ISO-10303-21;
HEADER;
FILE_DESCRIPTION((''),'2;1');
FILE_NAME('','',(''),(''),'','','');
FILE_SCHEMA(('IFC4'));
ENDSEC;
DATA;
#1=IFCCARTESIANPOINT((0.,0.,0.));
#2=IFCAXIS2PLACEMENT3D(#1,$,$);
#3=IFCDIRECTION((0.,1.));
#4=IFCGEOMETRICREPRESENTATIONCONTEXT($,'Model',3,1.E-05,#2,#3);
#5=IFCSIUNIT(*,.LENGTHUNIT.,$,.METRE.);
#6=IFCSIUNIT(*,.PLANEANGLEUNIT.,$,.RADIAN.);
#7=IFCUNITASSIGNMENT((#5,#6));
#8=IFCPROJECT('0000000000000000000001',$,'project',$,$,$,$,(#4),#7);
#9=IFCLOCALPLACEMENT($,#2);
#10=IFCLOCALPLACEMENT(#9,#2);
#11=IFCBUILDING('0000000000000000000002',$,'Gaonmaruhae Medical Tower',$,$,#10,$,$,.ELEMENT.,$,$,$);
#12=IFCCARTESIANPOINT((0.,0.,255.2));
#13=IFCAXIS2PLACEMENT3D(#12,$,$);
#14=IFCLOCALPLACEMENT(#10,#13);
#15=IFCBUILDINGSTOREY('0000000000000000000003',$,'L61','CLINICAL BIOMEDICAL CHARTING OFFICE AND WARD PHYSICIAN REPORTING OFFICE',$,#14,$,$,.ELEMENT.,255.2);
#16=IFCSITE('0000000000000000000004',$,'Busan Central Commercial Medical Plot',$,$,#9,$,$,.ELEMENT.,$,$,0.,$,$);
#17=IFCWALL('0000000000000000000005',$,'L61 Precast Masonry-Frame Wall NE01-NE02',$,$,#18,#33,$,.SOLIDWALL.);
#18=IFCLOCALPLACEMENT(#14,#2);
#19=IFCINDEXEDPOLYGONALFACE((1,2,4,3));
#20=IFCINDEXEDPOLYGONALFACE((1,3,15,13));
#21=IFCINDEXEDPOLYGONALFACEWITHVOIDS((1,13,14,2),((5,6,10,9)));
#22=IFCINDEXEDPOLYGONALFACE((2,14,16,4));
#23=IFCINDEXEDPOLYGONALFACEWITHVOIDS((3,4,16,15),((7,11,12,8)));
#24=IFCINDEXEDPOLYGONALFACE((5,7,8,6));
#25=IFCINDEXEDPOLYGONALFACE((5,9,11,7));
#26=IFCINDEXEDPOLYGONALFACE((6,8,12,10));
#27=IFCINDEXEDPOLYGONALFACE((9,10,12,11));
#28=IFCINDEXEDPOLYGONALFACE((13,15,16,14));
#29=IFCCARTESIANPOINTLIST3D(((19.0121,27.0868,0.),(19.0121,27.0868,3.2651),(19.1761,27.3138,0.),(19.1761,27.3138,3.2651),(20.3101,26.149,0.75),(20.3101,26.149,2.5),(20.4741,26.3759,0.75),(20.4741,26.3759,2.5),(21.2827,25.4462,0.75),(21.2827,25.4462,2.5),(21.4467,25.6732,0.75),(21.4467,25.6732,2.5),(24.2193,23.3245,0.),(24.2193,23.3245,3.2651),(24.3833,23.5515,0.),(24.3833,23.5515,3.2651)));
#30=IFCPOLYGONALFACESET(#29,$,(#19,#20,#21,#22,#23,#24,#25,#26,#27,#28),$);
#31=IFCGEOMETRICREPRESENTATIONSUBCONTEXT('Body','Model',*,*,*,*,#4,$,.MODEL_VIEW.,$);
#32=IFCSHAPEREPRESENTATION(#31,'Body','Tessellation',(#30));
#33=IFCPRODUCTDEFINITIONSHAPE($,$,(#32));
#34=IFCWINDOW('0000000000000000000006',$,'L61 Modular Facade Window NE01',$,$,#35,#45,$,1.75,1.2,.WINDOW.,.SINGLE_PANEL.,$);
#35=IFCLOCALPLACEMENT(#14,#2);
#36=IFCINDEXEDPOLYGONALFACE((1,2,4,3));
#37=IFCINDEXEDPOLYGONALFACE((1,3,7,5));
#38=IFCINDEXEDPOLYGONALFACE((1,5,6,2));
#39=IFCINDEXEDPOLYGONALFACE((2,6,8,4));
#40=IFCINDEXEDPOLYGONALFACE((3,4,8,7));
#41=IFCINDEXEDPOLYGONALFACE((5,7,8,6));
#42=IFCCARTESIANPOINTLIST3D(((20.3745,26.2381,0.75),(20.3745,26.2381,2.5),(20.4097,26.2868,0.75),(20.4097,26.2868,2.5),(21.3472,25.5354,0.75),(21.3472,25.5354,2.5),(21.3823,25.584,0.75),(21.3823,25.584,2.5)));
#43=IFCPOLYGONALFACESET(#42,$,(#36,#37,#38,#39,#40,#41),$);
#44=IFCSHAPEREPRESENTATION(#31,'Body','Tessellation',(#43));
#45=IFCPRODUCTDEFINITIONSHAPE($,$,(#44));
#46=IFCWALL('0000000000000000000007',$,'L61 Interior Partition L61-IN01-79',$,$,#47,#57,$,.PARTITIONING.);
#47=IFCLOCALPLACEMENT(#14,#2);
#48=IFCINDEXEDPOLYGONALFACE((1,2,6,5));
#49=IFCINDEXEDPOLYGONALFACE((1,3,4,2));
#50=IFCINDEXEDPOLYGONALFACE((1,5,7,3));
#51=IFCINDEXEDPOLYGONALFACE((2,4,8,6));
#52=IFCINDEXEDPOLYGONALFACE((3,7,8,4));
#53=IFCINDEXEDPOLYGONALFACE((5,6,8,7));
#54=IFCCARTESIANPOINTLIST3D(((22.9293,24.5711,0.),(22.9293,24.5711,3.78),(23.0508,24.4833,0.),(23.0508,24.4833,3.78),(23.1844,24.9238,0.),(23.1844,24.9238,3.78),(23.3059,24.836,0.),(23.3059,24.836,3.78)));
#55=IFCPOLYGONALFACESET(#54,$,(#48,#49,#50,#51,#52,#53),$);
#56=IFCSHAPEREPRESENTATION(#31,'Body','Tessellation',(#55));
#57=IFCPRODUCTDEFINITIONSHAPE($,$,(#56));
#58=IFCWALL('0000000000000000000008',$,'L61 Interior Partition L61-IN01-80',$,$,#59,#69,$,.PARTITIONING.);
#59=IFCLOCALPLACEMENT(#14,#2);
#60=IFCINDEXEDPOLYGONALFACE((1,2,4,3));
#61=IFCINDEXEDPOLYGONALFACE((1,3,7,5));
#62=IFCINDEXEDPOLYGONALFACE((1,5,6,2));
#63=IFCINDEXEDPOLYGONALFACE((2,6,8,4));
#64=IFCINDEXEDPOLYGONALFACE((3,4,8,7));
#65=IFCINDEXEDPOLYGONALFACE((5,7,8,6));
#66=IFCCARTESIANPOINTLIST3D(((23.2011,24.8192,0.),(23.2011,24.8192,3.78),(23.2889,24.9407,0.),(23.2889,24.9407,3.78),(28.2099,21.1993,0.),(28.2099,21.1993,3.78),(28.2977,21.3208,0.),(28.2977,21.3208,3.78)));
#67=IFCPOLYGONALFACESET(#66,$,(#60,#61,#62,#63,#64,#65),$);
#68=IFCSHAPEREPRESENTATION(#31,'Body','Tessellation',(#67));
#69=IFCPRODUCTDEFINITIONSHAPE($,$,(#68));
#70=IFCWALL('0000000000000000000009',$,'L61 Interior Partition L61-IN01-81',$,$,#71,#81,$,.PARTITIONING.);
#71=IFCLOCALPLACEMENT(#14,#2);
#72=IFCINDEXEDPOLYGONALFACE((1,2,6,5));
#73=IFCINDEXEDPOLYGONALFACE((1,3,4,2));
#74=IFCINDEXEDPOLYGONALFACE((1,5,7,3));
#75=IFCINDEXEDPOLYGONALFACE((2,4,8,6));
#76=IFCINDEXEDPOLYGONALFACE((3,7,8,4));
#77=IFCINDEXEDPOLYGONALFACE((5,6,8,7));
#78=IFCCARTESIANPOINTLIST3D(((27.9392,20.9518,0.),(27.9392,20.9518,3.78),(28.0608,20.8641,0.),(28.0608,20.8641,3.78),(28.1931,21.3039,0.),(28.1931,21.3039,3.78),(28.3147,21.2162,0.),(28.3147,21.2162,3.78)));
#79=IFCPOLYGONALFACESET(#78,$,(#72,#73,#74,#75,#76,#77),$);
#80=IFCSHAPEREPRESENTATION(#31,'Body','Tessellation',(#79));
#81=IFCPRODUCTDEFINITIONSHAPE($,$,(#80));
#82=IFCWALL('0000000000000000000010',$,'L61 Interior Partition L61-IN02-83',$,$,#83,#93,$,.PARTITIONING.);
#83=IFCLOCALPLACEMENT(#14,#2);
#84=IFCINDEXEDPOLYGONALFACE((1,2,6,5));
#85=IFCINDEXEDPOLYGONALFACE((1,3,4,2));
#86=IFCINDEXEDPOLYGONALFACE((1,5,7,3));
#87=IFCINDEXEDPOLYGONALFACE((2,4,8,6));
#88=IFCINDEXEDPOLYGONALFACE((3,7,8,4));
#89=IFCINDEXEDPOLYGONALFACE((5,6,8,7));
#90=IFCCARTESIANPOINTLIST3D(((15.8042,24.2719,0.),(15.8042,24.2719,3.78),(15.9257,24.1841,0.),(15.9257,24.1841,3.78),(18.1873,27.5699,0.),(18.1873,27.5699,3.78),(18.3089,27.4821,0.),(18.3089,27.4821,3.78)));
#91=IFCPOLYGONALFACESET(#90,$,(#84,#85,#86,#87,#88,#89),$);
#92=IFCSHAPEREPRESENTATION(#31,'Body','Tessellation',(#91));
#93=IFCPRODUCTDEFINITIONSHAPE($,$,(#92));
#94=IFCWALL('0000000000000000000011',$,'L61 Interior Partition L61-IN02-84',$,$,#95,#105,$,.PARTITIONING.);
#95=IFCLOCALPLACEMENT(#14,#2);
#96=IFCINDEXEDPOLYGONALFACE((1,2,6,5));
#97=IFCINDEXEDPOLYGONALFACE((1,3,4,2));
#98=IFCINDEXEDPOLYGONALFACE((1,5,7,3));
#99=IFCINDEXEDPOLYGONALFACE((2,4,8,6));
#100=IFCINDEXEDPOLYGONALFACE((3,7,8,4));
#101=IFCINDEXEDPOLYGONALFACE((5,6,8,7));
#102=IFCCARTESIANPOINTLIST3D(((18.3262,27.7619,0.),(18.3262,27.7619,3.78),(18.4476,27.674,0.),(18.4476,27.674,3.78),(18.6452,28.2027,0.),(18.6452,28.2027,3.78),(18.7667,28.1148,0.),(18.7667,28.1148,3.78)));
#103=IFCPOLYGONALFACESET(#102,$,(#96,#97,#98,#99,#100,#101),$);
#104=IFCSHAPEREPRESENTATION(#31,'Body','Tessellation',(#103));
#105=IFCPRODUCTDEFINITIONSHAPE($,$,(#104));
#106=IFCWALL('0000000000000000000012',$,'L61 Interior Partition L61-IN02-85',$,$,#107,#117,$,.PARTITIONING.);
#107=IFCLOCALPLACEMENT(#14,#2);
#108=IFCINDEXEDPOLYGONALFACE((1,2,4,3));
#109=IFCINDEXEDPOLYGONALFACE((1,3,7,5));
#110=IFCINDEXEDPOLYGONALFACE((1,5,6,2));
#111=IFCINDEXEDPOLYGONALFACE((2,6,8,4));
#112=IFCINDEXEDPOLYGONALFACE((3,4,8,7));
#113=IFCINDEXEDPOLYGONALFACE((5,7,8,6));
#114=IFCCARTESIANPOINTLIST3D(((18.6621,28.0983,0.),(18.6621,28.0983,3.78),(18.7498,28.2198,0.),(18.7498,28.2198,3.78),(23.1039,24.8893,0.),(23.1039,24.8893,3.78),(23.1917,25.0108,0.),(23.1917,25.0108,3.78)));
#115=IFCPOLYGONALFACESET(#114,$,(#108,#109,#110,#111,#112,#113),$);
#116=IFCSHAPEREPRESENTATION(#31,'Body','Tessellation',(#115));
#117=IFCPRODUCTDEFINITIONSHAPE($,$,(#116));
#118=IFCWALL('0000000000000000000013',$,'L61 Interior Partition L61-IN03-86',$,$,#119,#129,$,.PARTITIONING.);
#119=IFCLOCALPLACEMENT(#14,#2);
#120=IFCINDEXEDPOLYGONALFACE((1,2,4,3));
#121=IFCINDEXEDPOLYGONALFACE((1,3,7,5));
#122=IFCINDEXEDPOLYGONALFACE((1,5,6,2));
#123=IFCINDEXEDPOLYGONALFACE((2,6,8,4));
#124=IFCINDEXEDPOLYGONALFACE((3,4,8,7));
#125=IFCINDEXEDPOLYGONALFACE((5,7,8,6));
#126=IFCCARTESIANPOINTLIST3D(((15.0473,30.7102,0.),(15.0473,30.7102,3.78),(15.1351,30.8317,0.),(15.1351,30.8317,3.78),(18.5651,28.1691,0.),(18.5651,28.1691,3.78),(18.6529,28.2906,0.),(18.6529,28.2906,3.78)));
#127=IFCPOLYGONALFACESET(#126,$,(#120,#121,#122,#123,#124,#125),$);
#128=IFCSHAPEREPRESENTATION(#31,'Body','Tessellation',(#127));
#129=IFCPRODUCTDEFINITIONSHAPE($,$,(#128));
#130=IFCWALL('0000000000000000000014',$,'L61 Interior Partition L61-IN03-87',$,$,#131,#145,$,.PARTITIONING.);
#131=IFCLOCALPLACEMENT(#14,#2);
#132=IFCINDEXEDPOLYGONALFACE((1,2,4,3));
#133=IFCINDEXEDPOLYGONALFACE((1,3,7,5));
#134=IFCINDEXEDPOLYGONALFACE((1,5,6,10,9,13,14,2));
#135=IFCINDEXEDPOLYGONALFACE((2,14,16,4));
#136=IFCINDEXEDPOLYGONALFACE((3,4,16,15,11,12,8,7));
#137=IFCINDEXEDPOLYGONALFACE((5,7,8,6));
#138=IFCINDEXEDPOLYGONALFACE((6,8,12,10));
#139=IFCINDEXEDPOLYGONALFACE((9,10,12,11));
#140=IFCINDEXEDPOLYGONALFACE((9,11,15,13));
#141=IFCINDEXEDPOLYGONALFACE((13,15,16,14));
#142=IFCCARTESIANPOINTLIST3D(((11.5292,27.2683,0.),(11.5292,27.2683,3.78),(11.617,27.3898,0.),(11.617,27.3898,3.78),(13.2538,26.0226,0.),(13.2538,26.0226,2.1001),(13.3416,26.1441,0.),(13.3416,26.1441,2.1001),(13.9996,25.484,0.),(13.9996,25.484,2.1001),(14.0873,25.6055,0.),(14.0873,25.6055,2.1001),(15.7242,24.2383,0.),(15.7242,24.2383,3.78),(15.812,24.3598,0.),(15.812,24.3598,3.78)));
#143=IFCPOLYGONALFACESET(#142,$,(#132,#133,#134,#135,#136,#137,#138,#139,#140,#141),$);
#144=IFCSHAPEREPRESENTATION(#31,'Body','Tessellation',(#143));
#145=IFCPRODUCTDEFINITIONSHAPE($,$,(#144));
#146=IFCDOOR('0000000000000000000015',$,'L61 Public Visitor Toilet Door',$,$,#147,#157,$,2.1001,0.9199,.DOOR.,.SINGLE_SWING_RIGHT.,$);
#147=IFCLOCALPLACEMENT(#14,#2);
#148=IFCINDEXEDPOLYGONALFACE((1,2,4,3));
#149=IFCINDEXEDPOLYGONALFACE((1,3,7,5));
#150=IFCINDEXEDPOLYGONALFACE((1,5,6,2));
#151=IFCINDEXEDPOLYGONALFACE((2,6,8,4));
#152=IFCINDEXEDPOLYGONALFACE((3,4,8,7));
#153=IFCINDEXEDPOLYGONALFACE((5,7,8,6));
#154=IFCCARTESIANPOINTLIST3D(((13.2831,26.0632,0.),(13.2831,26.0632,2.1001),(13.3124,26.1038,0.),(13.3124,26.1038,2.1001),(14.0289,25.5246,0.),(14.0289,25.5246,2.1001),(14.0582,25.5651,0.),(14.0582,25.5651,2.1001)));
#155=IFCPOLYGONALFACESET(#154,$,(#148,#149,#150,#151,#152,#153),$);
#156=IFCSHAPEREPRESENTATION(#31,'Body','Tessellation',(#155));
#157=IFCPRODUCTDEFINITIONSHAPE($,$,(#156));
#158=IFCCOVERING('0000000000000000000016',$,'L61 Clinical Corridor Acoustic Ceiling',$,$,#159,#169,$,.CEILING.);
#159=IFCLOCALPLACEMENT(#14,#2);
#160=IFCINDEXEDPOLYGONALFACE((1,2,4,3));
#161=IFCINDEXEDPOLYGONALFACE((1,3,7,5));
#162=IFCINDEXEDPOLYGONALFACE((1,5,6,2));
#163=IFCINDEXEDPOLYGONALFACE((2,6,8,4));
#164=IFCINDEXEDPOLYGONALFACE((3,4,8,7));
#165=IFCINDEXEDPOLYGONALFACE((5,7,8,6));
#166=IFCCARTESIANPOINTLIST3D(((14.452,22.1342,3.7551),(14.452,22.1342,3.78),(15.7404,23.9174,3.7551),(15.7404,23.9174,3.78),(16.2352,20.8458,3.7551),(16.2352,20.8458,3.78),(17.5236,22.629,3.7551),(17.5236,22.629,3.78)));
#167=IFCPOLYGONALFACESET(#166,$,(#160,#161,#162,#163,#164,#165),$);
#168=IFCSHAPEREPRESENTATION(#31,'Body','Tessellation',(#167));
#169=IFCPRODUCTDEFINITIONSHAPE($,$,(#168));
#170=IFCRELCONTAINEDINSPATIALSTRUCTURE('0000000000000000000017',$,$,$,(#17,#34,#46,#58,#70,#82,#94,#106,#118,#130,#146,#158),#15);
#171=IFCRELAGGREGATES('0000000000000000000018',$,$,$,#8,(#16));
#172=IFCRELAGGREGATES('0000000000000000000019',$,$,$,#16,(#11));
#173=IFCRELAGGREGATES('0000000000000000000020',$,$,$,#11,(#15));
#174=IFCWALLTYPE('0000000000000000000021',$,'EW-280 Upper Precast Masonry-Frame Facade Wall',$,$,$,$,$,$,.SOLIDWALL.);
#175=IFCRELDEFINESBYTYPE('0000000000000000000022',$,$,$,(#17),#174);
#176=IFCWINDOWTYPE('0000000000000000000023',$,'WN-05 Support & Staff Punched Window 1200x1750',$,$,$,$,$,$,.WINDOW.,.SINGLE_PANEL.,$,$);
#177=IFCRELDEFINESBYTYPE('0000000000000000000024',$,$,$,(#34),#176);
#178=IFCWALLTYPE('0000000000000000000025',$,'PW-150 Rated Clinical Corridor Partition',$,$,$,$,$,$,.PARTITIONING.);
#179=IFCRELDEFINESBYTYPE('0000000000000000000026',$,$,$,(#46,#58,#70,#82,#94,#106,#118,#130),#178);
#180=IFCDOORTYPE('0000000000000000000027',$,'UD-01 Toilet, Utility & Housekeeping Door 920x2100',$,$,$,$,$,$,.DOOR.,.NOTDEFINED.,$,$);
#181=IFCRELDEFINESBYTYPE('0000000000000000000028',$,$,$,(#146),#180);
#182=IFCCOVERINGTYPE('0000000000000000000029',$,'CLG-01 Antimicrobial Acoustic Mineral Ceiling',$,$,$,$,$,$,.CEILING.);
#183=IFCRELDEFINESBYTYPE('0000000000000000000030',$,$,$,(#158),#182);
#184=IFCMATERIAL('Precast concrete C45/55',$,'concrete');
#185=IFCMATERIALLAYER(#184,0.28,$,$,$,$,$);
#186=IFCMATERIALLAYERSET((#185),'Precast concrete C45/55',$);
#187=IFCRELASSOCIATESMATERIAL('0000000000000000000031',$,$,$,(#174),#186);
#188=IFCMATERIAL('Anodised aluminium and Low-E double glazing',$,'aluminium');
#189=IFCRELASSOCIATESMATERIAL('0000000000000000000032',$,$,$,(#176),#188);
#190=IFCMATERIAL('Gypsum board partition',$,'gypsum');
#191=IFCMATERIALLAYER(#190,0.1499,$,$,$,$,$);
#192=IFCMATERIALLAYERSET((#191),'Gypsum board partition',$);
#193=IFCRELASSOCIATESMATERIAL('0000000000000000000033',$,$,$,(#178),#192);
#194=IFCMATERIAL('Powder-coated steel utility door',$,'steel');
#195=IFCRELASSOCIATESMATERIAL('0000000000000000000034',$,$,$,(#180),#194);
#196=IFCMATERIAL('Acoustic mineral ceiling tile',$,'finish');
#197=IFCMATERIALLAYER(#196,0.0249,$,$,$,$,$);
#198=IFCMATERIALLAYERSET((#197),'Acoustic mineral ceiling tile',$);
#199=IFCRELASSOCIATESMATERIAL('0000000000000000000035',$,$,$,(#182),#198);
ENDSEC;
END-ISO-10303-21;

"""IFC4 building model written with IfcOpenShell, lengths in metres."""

from ifc_helpers import new_model, si_unit, direction, frame, frame_2d, origin, origin_2d, place, context, subcontext, project, spatial, rectangle, extrude, material, layer, layer_set, type_object, element, fill, save


model = new_model("IFC4")

# Units and contexts
model_context = context("Model", 3, precision=1e-05, world=origin(), true_north=direction((0.0, 1.0)))
body_context = subcontext(model_context, "Body", "Model", "MODEL_VIEW")
ifc_project = project(units=[si_unit("LENGTHUNIT", "METRE"), si_unit("PLANEANGLEUNIT", "RADIAN")], contexts=[model_context])

# Site, building, storey
site_placement = place(None, origin())
site = spatial("IfcSite", under=ifc_project, at=site_placement, Name="Busan Central Commercial Medical Plot", CompositionType="ELEMENT", RefElevation=0.0)
building_placement = place(site_placement, origin())
building = spatial("IfcBuilding", under=site, at=building_placement, Name="Gaonmaruhae Medical Tower", CompositionType="ELEMENT")
storey_placement = place(building_placement, frame((0.0, 0.0, 255.2)))
storey = spatial("IfcBuildingStorey", under=building, at=storey_placement, Name="L61", Description="CLINICAL BIOMEDICAL CHARTING OFFICE AND WARD PHYSICIAN REPORTING OFFICE", CompositionType="ELEMENT", Elevation=255.2)

# Shared definitions
ifc_material_1 = material(Name="Precast concrete C45/55", Category="concrete")
ifc_layer_1 = layer(ifc_material_1, 0.28)
ifc_layer_set_1 = layer_set([ifc_layer_1], Name="Precast concrete C45/55")
wall_type_1 = type_object("IfcWallType", Name="EW-280 Upper Precast Masonry-Frame Facade Wall", PredefinedType="SOLIDWALL", material=ifc_layer_set_1)

# Wall, opening, window
wall_1_placement = place(storey_placement, frame((19.0942, 27.2002, 0.0), z_axis=(0.0, 0.0, 1.0), x_axis=(0.810563, -0.585652, 0.0)))
wall_1 = element("IfcWall", 1, at=wall_1_placement, inside=storey, type_object=wall_type_1, Name="L61 Precast Masonry-Frame Wall NE01-NE02", PredefinedType="SOLIDWALL", context=body_context, shape_type="SweptSolid", body=[
    extrude(rectangle(XDim=6.4241, YDim=0.28, at=frame_2d((3.2119, 0.0))), origin(), (0.0, 0.0, 1.0), 3.2651),
])
opening_1_placement = place(wall_1_placement, frame((1.6011, 0.0, 0.75)))
opening_1 = element("IfcOpeningElement", 2, at=opening_1_placement, cuts=wall_1, PredefinedType="OPENING", context=body_context, shape_type="SweptSolid", body=[
    extrude(rectangle(XDim=1.2, YDim=1.75, at=frame_2d((0.6001, 0.875))), frame((0.0, 0.1499, 0.0), z_axis=(0.0, -1.0, 0.0), x_axis=(1.0, 0.0, 0.0)), (0.0, 0.0, 1.0), 0.3),
])
ifc_material_2 = material(Name="Anodised aluminium and Low-E double glazing", Category="aluminium")
window_type = type_object("IfcWindowType", Name="WN-05 Support & Staff Punched Window 1200x1750", PartitioningType="SINGLE_PANEL", PredefinedType="WINDOW", material=ifc_material_2)
window_placement = place(opening_1_placement, origin())
window = element("IfcWindow", 3, at=window_placement, inside=storey, type_object=window_type, Name="L61 Modular Facade Window NE01", OverallHeight=1.75, OverallWidth=1.2, PartitioningType="SINGLE_PANEL", PredefinedType="WINDOW", context=body_context, shape_type="SweptSolid", body=[
    extrude(rectangle(XDim=1.2, YDim=1.75, at=frame_2d((0.6001, 0.875))), frame((0.0, 0.03, 0.0), z_axis=(0.0, -1.0, 0.0), x_axis=(1.0, 0.0, 0.0)), (0.0, 0.0, 1.0), 0.0601),
])
fill(opening_1, window)

# Walls
ifc_material_3 = material(Name="Gypsum board partition", Category="gypsum")
ifc_layer_2 = layer(ifc_material_3, 0.1499)
ifc_layer_set_2 = layer_set([ifc_layer_2], Name="Gypsum board partition")
wall_type_2 = type_object("IfcWallType", Name="PW-150 Rated Clinical Corridor Partition", PredefinedType="PARTITIONING", material=ifc_layer_set_2)
wall_2_placement = place(storey_placement, frame((22.99, 24.5271, 0.0), z_axis=(0.0, 0.0, 1.0), x_axis=(0.586002, 0.810309, 0.0)))
element("IfcWall", 4, at=wall_2_placement, inside=storey, type_object=wall_type_2, Name="L61 Interior Partition L61-IN01-79", PredefinedType="PARTITIONING", context=body_context, shape_type="SweptSolid", body=[
    extrude(rectangle(XDim=0.4353, YDim=0.1499, at=frame_2d((0.2178, 0.0))), origin(), (0.0, 0.0, 1.0), 3.78),
])
wall_3_placement = place(storey_placement, frame((23.2451, 24.8799, 0.0), z_axis=(0.0, 0.0, 1.0), x_axis=(0.810494, -0.585747, 0.0)))
element("IfcWall", 5, at=wall_3_placement, inside=storey, type_object=wall_type_2, Name="L61 Interior Partition L61-IN01-80", PredefinedType="PARTITIONING", context=body_context, shape_type="SweptSolid", body=[
    extrude(rectangle(XDim=6.1799, YDim=0.1499, at=frame_2d((3.0898, 0.0))), origin(), (0.0, 0.0, 1.0), 3.78),
])
wall_4_placement = place(storey_placement, frame((28.2539, 21.26, 0.0), z_axis=(0.0, 0.0, 1.0), x_axis=(-0.584956, -0.811065, 0.0)))
element("IfcWall", 6, at=wall_4_placement, inside=storey, type_object=wall_type_2, Name="L61 Interior Partition L61-IN01-81", PredefinedType="PARTITIONING", context=body_context, shape_type="SweptSolid", body=[
    extrude(rectangle(XDim=0.4341, YDim=0.1499, at=frame_2d((0.217, 0.0))), origin(), (0.0, 0.0, 1.0), 3.78),
])
wall_5_placement = place(storey_placement, frame((15.865, 24.228, 0.0), z_axis=(0.0, 0.0, 1.0), x_axis=(0.585696, 0.81053, 0.0)))
element("IfcWall", 7, at=wall_5_placement, inside=storey, type_object=wall_type_2, Name="L61 Interior Partition L61-IN02-83", PredefinedType="PARTITIONING", context=body_context, shape_type="SweptSolid", body=[
    extrude(rectangle(XDim=4.0688, YDim=0.1499, at=frame_2d((2.0344, 0.0))), origin(), (0.0, 0.0, 1.0), 3.78),
])
wall_6_placement = place(storey_placement, frame((18.387, 27.718, 0.0), z_axis=(0.0, 0.0, 1.0), x_axis=(0.586276, 0.810111, 0.0)))
element("IfcWall", 8, at=wall_6_placement, inside=storey, type_object=wall_type_2, Name="L61 Interior Partition L61-IN02-84", PredefinedType="PARTITIONING", context=body_context, shape_type="SweptSolid", body=[
    extrude(rectangle(XDim=0.5442, YDim=0.1499, at=frame_2d((0.272, 0.0))), origin(), (0.0, 0.0, 1.0), 3.78),
])
wall_7_placement = place(storey_placement, frame((18.7061, 28.1589, 0.0), z_axis=(0.0, 0.0, 1.0), x_axis=(0.810597, -0.585604, 0.0)))
element("IfcWall", 9, at=wall_7_placement, inside=storey, type_object=wall_type_2, Name="L61 Interior Partition L61-IN02-85", PredefinedType="PARTITIONING", context=body_context, shape_type="SweptSolid", body=[
    extrude(rectangle(XDim=5.4797, YDim=0.1499, at=frame_2d((2.7397, 0.0))), origin(), (0.0, 0.0, 1.0), 3.78),
])
wall_8_placement = place(storey_placement, frame((15.0911, 30.771, 0.0), z_axis=(0.0, 0.0, 1.0), x_axis=(0.810639, -0.585546, 0.0)))
element("IfcWall", 10, at=wall_8_placement, inside=storey, type_object=wall_type_2, Name="L61 Interior Partition L61-IN03-86", PredefinedType="PARTITIONING", context=body_context, shape_type="SweptSolid", body=[
    extrude(rectangle(XDim=4.3396, YDim=0.1499, at=frame_2d((2.1699, 0.0))), origin(), (0.0, 0.0, 1.0), 3.78),
])

# Wall, opening, door
wall_9_placement = place(storey_placement, frame((15.7681, 24.2991, 0.0), z_axis=(0.0, 0.0, 1.0), x_axis=(-0.810656, 0.585523, 0.0)))
wall_9 = element("IfcWall", 11, at=wall_9_placement, inside=storey, type_object=wall_type_2, Name="L61 Interior Partition L61-IN03-87", PredefinedType="PARTITIONING", context=body_context, shape_type="SweptSolid", body=[
    extrude(rectangle(XDim=5.1748, YDim=0.1499, at=frame_2d((2.5874, 0.0))), origin(), (0.0, 0.0, 1.0), 3.78),
])
opening_2_placement = place(wall_9_placement, frame((2.1274, 0.0, 0.0)))
opening_2 = element("IfcOpeningElement", 12, at=opening_2_placement, cuts=wall_9, PredefinedType="OPENING", context=body_context, shape_type="SweptSolid", body=[
    extrude(rectangle(XDim=0.9199, YDim=2.1001, at=frame_2d((0.46, 1.05))), frame((0.0, 0.085, 0.0), z_axis=(0.0, -1.0, 0.0), x_axis=(1.0, 0.0, 0.0)), (0.0, 0.0, 1.0), 0.1699),
])
ifc_material_4 = material(Name="Powder-coated steel utility door", Category="steel")
door_type = type_object("IfcDoorType", Name="UD-01 Toilet, Utility & Housekeeping Door 920x2100", OperationType="NOTDEFINED", PredefinedType="DOOR", material=ifc_material_4)
door_placement = place(opening_2_placement, origin())
door = element("IfcDoor", 13, at=door_placement, inside=storey, type_object=door_type, Name="L61 Public Visitor Toilet Door", OperationType="SINGLE_SWING_RIGHT", OverallHeight=2.1001, OverallWidth=0.9199, PredefinedType="DOOR", context=body_context, shape_type="SweptSolid", body=[
    extrude(rectangle(XDim=0.9199, YDim=2.1001, at=frame_2d((0.46, 1.05))), frame((0.0, 0.0249, 0.0), z_axis=(0.0, -1.0, 0.0), x_axis=(1.0, 0.0, 0.0)), (0.0, 0.0, 1.0), 0.05),
])
fill(opening_2, door)

# Covering
ifc_material_5 = material(Name="Acoustic mineral ceiling tile", Category="finish")
ifc_layer_3 = layer(ifc_material_5, 0.0249)
ifc_layer_set_3 = layer_set([ifc_layer_3], Name="Acoustic mineral ceiling tile")
covering_type_1 = type_object("IfcCoveringType", Name="CLG-01 Antimicrobial Acoustic Mineral Ceiling", PredefinedType="CEILING", material=ifc_layer_set_3)
covering_1_placement = place(storey_placement, frame((15.9878, 22.3816, 3.7551), z_axis=(0.0, 0.0, 1.0), x_axis=(0.585665, 0.810553, 0.0)))
element("IfcCovering", 14, at=covering_1_placement, inside=storey, type_object=covering_type_1, Name="L61 Clinical Corridor Acoustic Ceiling", PredefinedType="CEILING", context=body_context, shape_type="SweptSolid", body=[
    extrude(rectangle(XDim=2.2, YDim=2.2, at=origin_2d()), origin(), (0.0, 0.0, 1.0), 0.0249),
])

save(model, "model.ifc")
